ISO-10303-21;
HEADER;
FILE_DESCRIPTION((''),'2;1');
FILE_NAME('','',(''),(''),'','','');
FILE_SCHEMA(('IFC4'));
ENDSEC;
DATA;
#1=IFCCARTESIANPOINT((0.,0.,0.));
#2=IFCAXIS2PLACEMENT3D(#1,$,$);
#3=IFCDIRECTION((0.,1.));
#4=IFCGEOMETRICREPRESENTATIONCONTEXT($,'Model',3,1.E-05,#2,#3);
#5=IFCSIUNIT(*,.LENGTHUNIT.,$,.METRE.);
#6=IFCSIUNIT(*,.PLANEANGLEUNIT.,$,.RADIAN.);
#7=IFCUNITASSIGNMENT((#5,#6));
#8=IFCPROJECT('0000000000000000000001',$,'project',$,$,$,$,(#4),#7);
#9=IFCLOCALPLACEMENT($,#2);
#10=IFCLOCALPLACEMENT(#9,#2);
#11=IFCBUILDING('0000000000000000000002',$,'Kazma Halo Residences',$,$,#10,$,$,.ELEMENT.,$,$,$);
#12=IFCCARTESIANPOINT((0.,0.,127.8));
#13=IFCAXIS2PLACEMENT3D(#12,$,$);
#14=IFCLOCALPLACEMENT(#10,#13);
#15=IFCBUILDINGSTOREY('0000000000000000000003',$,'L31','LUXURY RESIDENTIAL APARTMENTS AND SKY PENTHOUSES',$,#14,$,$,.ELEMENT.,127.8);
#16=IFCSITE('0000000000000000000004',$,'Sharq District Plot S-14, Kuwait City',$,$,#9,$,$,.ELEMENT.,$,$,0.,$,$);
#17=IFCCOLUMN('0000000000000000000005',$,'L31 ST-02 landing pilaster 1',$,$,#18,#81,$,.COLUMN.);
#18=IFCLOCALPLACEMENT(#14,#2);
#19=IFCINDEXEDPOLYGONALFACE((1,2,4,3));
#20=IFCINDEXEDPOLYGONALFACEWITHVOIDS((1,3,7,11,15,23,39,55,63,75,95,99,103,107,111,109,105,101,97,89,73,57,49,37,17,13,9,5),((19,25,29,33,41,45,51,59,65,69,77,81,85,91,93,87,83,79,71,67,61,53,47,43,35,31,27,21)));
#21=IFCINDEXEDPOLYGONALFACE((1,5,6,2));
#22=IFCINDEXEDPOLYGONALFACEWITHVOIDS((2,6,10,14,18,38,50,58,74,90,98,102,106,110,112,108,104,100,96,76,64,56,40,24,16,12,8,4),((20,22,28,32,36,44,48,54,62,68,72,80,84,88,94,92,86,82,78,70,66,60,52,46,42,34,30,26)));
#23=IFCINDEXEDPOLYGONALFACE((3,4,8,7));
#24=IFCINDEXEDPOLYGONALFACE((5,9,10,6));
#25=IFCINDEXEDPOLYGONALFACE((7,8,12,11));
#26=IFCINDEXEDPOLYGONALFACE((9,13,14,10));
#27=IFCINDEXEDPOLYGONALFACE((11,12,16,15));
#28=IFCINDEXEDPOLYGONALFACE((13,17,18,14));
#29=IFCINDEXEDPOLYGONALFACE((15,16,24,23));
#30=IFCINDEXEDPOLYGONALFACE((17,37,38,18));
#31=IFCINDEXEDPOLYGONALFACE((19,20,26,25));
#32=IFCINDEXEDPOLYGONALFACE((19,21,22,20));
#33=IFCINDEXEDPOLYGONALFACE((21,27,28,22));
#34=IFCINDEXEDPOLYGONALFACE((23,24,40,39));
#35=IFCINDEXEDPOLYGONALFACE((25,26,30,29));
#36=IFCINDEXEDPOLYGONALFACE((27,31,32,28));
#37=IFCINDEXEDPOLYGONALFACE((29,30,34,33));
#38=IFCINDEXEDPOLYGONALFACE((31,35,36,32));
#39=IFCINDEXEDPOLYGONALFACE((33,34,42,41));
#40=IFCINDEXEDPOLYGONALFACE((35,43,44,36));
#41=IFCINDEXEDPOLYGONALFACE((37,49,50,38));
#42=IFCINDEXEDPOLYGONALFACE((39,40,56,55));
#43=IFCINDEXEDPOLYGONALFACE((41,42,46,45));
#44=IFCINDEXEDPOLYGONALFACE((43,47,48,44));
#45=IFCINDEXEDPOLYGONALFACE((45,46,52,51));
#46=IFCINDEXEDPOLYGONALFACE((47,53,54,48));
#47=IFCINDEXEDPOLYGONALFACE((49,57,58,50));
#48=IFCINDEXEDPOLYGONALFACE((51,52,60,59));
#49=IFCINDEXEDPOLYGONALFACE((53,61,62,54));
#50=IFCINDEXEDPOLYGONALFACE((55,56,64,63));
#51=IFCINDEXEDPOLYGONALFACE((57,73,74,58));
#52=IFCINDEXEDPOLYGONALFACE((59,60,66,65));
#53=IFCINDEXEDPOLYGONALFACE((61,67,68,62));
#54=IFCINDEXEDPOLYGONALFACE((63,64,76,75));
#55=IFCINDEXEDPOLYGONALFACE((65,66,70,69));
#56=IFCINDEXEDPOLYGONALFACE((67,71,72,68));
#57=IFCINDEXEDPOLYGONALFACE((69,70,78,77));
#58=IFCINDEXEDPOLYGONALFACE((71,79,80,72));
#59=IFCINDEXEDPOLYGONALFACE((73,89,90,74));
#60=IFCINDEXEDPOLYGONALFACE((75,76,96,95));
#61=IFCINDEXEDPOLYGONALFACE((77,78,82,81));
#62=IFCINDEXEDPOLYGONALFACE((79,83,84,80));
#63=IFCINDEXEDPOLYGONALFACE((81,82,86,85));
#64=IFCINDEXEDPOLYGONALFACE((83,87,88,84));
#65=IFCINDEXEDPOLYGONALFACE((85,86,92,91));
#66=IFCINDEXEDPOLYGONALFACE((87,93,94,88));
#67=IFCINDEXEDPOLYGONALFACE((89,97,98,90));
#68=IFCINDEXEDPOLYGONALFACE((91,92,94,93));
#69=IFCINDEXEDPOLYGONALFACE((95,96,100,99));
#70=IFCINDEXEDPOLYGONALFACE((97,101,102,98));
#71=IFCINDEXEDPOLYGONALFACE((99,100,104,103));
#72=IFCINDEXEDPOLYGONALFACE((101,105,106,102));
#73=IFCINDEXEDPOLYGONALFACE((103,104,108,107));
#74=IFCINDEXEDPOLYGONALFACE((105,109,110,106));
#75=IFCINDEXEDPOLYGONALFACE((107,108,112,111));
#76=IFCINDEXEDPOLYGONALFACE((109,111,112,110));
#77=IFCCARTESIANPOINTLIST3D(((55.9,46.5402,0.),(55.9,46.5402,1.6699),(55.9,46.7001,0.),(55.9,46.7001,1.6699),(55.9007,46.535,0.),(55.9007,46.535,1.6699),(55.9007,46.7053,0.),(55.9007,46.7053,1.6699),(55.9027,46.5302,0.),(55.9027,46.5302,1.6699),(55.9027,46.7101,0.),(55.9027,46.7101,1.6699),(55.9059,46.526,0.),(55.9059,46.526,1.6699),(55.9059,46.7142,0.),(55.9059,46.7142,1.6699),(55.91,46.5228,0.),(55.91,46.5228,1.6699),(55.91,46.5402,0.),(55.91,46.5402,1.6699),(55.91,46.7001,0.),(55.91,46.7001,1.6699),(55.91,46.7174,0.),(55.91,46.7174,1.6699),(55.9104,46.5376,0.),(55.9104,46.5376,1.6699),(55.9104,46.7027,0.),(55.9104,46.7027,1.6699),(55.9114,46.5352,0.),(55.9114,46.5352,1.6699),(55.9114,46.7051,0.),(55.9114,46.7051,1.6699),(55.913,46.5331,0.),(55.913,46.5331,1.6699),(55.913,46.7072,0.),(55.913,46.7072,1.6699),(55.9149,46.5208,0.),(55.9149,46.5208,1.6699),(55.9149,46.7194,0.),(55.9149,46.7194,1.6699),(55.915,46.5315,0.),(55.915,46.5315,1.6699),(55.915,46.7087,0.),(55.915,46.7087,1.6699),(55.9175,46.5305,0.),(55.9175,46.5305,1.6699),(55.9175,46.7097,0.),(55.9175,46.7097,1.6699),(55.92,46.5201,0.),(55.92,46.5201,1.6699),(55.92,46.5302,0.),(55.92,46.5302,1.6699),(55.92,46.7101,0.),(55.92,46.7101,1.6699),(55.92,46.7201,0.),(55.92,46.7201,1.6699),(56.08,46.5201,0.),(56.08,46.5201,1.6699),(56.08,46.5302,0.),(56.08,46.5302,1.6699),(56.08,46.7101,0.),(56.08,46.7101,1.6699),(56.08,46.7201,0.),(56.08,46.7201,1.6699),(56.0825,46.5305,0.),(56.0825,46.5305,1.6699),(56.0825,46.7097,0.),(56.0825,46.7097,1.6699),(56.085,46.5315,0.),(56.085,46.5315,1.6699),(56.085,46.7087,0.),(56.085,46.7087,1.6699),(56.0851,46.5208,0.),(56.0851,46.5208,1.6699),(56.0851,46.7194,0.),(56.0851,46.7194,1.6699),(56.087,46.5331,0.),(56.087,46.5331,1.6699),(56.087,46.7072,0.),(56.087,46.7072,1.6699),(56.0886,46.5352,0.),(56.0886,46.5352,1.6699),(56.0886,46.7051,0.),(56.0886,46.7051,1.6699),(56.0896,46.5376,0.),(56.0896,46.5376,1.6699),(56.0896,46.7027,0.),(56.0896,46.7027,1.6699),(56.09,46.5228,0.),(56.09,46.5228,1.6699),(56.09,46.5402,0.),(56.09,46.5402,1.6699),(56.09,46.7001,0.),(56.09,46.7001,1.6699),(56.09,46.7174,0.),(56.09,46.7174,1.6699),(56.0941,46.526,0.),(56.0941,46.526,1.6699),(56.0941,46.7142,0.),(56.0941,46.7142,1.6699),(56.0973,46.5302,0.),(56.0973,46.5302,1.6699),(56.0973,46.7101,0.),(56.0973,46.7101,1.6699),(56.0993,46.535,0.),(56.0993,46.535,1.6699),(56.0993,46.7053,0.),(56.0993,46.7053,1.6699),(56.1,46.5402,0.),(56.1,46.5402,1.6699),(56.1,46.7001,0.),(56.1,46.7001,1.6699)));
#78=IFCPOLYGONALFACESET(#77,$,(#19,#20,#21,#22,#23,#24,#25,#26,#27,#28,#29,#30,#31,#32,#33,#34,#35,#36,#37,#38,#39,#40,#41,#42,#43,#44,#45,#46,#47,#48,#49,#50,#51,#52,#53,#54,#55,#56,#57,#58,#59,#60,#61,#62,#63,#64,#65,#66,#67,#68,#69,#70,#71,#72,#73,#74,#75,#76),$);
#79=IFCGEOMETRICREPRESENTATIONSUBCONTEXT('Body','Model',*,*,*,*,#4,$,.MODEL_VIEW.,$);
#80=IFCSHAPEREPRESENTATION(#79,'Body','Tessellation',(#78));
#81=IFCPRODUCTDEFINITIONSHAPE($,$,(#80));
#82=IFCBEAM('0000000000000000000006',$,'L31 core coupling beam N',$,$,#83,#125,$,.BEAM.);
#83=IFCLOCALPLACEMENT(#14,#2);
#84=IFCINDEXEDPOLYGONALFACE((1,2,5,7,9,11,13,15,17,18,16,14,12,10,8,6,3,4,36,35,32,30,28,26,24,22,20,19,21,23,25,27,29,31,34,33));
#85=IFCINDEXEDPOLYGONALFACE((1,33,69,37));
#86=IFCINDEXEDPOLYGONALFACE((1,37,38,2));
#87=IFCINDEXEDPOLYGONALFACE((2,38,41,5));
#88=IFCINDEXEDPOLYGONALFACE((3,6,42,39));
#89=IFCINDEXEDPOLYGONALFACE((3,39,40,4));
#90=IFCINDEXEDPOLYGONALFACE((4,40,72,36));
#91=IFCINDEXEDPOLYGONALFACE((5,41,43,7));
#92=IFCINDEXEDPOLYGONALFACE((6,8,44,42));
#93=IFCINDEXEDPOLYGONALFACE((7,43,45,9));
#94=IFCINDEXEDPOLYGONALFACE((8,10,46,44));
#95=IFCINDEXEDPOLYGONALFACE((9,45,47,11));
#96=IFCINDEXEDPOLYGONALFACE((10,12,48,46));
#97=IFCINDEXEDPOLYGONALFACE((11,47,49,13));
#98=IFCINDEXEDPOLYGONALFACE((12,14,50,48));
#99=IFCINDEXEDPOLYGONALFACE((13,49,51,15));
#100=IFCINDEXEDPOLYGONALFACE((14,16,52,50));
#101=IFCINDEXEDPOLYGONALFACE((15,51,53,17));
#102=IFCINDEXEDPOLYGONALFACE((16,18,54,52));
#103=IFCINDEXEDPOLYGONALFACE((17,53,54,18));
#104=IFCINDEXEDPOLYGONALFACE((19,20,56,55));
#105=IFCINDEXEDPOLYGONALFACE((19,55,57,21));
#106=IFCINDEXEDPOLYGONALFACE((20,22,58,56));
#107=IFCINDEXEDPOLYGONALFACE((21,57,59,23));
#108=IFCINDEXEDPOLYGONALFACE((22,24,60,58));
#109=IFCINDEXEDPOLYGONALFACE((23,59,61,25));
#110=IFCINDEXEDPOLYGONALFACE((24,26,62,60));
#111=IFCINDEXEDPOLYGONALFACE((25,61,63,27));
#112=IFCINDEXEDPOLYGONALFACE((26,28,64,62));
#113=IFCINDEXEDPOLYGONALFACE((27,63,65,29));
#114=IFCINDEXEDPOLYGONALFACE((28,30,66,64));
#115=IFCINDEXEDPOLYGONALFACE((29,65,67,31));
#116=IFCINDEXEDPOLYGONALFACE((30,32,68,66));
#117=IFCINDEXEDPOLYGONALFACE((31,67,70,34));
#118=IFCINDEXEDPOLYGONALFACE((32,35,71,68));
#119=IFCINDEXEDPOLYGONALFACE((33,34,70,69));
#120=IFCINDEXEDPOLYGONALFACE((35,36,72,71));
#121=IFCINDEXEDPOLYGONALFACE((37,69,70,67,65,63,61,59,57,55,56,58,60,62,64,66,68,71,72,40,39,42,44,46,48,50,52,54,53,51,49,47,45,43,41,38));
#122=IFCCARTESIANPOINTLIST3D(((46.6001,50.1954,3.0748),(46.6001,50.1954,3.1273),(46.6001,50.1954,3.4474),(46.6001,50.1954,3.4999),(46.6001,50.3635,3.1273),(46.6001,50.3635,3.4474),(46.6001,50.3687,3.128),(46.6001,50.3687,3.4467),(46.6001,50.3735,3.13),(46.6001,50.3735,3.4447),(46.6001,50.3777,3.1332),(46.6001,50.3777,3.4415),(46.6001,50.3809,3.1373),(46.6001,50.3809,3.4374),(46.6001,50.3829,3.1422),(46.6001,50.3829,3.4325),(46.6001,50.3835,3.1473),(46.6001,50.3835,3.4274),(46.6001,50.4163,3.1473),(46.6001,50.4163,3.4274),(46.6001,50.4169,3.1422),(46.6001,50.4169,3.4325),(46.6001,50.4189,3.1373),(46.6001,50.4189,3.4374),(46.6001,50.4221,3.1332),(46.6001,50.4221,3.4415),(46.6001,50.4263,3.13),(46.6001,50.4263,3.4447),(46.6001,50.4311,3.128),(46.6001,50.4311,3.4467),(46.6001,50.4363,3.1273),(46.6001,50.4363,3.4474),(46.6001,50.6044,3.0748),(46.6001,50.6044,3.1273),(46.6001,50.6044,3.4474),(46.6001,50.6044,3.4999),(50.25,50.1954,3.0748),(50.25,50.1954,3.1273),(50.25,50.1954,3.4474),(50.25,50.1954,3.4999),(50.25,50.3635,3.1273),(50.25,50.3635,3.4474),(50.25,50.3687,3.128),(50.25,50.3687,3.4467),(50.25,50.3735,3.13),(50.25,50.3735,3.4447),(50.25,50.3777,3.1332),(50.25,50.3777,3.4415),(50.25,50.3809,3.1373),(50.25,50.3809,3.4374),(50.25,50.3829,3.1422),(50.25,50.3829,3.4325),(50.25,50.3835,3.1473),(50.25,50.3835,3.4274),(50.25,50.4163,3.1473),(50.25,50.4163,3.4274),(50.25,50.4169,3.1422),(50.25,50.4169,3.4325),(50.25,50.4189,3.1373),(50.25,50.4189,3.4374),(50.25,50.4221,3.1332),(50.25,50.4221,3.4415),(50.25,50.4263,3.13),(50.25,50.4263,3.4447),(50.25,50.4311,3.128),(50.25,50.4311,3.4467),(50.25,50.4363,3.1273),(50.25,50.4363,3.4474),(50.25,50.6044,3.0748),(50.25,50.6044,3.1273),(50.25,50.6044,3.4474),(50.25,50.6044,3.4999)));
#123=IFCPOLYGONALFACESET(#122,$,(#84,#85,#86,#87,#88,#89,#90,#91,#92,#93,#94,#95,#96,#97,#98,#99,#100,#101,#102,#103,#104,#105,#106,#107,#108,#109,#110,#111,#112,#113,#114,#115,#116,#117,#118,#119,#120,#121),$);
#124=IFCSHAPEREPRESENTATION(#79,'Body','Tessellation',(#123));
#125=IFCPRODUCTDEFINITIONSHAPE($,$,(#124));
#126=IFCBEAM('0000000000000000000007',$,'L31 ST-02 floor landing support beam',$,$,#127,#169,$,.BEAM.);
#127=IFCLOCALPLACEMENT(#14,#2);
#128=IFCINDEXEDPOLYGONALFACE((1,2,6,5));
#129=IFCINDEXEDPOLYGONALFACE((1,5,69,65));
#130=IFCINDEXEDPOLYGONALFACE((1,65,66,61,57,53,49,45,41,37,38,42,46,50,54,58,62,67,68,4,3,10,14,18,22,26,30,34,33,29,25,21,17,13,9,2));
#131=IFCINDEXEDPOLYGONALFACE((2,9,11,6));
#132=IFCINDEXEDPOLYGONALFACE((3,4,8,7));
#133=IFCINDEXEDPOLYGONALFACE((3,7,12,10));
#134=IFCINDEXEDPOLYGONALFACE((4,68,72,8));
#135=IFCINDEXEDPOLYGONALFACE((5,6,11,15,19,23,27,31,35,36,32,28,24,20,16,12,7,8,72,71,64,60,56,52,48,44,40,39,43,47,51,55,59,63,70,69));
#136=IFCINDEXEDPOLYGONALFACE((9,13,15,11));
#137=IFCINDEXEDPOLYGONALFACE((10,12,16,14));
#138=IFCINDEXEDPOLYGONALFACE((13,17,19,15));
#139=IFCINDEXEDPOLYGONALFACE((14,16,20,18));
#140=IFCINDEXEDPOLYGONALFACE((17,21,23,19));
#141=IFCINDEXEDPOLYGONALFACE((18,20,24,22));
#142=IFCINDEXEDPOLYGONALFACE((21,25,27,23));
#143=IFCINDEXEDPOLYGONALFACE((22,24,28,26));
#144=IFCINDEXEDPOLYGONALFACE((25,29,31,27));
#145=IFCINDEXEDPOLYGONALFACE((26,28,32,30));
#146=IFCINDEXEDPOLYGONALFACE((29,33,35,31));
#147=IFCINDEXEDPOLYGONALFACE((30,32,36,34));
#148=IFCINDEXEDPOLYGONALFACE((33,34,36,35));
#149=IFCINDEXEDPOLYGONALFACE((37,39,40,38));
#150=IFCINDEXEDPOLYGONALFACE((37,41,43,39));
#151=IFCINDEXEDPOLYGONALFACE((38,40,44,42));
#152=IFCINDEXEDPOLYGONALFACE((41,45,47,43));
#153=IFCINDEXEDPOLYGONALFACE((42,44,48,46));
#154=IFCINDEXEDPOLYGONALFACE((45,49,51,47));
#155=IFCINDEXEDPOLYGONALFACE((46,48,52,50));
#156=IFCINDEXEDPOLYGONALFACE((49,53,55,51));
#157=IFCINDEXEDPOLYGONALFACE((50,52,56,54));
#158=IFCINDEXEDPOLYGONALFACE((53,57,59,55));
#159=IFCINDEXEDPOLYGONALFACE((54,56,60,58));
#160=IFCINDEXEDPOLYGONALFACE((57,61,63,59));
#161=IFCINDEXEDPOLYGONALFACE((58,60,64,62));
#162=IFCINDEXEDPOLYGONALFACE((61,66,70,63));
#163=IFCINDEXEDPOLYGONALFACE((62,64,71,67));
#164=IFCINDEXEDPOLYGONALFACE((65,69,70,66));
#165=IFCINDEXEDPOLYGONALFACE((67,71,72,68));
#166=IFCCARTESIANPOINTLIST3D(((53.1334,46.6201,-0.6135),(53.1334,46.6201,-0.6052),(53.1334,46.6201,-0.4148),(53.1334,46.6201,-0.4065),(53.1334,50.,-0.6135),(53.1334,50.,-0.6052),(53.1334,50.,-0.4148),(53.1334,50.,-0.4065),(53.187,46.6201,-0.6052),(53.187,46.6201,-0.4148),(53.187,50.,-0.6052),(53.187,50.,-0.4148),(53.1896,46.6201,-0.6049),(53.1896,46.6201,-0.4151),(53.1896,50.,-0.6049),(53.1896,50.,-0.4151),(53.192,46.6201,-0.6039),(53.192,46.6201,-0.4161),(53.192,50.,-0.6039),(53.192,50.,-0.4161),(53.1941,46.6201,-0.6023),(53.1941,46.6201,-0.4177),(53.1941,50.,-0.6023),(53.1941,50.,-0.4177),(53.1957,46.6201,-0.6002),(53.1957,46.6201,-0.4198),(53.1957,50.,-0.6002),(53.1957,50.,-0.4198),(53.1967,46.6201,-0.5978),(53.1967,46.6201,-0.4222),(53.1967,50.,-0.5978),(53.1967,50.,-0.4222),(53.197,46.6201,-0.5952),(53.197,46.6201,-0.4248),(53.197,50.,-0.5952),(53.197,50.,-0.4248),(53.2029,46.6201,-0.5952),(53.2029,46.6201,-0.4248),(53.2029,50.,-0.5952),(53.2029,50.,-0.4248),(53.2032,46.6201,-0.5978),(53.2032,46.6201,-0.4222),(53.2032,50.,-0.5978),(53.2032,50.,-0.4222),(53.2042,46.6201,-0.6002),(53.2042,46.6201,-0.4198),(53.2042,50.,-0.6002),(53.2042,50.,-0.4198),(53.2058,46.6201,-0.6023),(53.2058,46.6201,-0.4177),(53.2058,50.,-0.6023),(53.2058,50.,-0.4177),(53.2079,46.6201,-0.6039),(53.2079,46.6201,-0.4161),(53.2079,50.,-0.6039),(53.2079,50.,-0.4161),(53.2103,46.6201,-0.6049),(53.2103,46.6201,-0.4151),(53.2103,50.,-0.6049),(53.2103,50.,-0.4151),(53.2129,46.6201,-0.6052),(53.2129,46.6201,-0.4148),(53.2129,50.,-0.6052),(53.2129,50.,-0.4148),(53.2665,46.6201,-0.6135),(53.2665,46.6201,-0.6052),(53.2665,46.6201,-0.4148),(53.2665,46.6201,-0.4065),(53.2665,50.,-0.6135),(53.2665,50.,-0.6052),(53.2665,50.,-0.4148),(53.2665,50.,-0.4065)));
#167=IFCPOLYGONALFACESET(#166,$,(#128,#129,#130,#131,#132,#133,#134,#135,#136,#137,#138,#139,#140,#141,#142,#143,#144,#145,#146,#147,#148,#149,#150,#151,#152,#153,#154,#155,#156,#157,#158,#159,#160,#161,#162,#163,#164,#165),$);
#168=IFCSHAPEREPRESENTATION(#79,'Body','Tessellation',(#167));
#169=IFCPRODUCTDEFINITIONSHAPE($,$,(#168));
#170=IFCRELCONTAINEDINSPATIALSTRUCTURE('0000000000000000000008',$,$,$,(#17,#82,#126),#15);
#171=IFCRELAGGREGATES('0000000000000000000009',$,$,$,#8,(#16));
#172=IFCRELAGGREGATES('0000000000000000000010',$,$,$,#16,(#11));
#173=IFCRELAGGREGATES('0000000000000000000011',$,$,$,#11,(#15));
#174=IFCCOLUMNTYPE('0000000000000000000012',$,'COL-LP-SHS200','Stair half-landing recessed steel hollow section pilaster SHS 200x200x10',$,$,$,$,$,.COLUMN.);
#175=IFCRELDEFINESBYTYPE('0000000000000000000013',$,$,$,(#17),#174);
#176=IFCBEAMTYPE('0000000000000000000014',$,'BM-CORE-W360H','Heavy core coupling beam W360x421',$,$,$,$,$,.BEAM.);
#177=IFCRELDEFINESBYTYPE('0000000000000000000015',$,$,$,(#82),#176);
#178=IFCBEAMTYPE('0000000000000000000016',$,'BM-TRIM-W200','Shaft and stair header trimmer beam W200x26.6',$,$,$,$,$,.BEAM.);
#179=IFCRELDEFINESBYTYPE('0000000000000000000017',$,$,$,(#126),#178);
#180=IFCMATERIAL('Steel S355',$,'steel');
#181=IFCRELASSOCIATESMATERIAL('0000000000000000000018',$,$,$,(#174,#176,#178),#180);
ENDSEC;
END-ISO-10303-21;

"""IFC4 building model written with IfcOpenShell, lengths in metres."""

from ifc_helpers import new_model, si_unit, direction, frame, origin, origin_2d, place, context, subcontext, project, spatial, hollow_rectangle, i_section, extrude, material, material_profile, profile_set, type_object, element, save


model = new_model("IFC4")

# Units and contexts
model_context = context("Model", 3, precision=1e-05, world=origin(), true_north=direction((0.0, 1.0)))
body_context = subcontext(model_context, "Body", "Model", "MODEL_VIEW")
ifc_project = project(units=[si_unit("LENGTHUNIT", "METRE"), si_unit("PLANEANGLEUNIT", "RADIAN")], contexts=[model_context])

# Site, building, storey
site_placement = place(None, origin())
site = spatial("IfcSite", under=ifc_project, at=site_placement, Name="Sharq District Plot S-14, Kuwait City", CompositionType="ELEMENT", RefElevation=0.0)
building_placement = place(site_placement, origin())
building = spatial("IfcBuilding", under=site, at=building_placement, Name="Kazma Halo Residences", CompositionType="ELEMENT")
storey_placement = place(building_placement, frame((0.0, 0.0, 127.8)))
storey = spatial("IfcBuildingStorey", under=building, at=storey_placement, Name="L31", Description="LUXURY RESIDENTIAL APARTMENTS AND SKY PENTHOUSES", CompositionType="ELEMENT", Elevation=127.8)

# Column
ifc_material_1 = material(Name="Steel S355", Category="steel")
ifc_material_profile_1 = material_profile(ifc_material_1, hollow_rectangle(XDim=0.2, YDim=0.2, WallThickness=0.01, InnerFilletRadius=0.01, OuterFilletRadius=0.02, at=origin_2d()), Name="SHS200x200x10")
ifc_profile_set_1 = profile_set([ifc_material_profile_1], Name="Steel S355")
column_type = type_object("IfcColumnType", Name="COL-LP-SHS200", Description="Stair half-landing recessed steel hollow section pilaster SHS 200x200x10", PredefinedType="COLUMN", material=ifc_profile_set_1)
column_placement = place(storey_placement, frame((56.0, 46.6201, 0.0), z_axis=(0.0, 0.0, 1.0), x_axis=(1.0, 0.0, 0.0)))
element("IfcColumn", 1, at=column_placement, inside=storey, type_object=column_type, Name="L31 ST-02 landing pilaster 1", PredefinedType="COLUMN", context=body_context, shape_type="SweptSolid", body=[
    extrude(hollow_rectangle(XDim=0.2, YDim=0.2, WallThickness=0.01, InnerFilletRadius=0.01, OuterFilletRadius=0.02, at=origin_2d()), origin(), (0.0, 0.0, 1.0), 1.6699),
])

# Beams
ifc_material_profile_2 = material_profile(ifc_material_1, i_section(OverallWidth=0.4089, OverallDepth=0.425, WebThickness=0.0327, FlangeThickness=0.0525, FilletRadius=0.02, at=origin_2d()), Name="W360x421")
ifc_profile_set_2 = profile_set([ifc_material_profile_2], Name="Steel S355")
beam_type_1 = type_object("IfcBeamType", Name="BM-CORE-W360H", Description="Heavy core coupling beam W360x421", PredefinedType="BEAM", material=ifc_profile_set_2)
beam_1_placement = place(storey_placement, frame((46.6001, 50.3999, 3.2874), z_axis=(1.0, 0.0, 0.0), x_axis=(0.0, 1.0, 0.0)))
element("IfcBeam", 2, at=beam_1_placement, inside=storey, type_object=beam_type_1, Name="L31 core coupling beam N", PredefinedType="BEAM", context=body_context, shape_type="SweptSolid", body=[
    extrude(i_section(OverallWidth=0.4089, OverallDepth=0.425, WebThickness=0.0327, FlangeThickness=0.0525, FilletRadius=0.02, at=origin_2d()), origin(), (0.0, 0.0, 1.0), 3.6499),
])
ifc_material_profile_3 = material_profile(ifc_material_1, i_section(OverallWidth=0.1331, OverallDepth=0.207, WebThickness=0.0059, FlangeThickness=0.0083, FilletRadius=0.01, at=origin_2d()), Name="W200x26.6")
ifc_profile_set_3 = profile_set([ifc_material_profile_3], Name="Steel S355")
beam_type_2 = type_object("IfcBeamType", Name="BM-TRIM-W200", Description="Shaft and stair header trimmer beam W200x26.6", PredefinedType="BEAM", material=ifc_profile_set_3)
beam_2_placement = place(storey_placement, frame((53.2, 46.6201, -0.51), z_axis=(0.0, 1.0, 0.0), x_axis=(-1.0, 0.0, 0.0)))
element("IfcBeam", 3, at=beam_2_placement, inside=storey, type_object=beam_type_2, Name="L31 ST-02 floor landing support beam", PredefinedType="BEAM", context=body_context, shape_type="SweptSolid", body=[
    extrude(i_section(OverallWidth=0.1331, OverallDepth=0.207, WebThickness=0.0059, FlangeThickness=0.0083, FilletRadius=0.01, at=origin_2d()), origin(), (0.0, 0.0, 1.0), 3.3799),
])

save(model, "model.ifc")
